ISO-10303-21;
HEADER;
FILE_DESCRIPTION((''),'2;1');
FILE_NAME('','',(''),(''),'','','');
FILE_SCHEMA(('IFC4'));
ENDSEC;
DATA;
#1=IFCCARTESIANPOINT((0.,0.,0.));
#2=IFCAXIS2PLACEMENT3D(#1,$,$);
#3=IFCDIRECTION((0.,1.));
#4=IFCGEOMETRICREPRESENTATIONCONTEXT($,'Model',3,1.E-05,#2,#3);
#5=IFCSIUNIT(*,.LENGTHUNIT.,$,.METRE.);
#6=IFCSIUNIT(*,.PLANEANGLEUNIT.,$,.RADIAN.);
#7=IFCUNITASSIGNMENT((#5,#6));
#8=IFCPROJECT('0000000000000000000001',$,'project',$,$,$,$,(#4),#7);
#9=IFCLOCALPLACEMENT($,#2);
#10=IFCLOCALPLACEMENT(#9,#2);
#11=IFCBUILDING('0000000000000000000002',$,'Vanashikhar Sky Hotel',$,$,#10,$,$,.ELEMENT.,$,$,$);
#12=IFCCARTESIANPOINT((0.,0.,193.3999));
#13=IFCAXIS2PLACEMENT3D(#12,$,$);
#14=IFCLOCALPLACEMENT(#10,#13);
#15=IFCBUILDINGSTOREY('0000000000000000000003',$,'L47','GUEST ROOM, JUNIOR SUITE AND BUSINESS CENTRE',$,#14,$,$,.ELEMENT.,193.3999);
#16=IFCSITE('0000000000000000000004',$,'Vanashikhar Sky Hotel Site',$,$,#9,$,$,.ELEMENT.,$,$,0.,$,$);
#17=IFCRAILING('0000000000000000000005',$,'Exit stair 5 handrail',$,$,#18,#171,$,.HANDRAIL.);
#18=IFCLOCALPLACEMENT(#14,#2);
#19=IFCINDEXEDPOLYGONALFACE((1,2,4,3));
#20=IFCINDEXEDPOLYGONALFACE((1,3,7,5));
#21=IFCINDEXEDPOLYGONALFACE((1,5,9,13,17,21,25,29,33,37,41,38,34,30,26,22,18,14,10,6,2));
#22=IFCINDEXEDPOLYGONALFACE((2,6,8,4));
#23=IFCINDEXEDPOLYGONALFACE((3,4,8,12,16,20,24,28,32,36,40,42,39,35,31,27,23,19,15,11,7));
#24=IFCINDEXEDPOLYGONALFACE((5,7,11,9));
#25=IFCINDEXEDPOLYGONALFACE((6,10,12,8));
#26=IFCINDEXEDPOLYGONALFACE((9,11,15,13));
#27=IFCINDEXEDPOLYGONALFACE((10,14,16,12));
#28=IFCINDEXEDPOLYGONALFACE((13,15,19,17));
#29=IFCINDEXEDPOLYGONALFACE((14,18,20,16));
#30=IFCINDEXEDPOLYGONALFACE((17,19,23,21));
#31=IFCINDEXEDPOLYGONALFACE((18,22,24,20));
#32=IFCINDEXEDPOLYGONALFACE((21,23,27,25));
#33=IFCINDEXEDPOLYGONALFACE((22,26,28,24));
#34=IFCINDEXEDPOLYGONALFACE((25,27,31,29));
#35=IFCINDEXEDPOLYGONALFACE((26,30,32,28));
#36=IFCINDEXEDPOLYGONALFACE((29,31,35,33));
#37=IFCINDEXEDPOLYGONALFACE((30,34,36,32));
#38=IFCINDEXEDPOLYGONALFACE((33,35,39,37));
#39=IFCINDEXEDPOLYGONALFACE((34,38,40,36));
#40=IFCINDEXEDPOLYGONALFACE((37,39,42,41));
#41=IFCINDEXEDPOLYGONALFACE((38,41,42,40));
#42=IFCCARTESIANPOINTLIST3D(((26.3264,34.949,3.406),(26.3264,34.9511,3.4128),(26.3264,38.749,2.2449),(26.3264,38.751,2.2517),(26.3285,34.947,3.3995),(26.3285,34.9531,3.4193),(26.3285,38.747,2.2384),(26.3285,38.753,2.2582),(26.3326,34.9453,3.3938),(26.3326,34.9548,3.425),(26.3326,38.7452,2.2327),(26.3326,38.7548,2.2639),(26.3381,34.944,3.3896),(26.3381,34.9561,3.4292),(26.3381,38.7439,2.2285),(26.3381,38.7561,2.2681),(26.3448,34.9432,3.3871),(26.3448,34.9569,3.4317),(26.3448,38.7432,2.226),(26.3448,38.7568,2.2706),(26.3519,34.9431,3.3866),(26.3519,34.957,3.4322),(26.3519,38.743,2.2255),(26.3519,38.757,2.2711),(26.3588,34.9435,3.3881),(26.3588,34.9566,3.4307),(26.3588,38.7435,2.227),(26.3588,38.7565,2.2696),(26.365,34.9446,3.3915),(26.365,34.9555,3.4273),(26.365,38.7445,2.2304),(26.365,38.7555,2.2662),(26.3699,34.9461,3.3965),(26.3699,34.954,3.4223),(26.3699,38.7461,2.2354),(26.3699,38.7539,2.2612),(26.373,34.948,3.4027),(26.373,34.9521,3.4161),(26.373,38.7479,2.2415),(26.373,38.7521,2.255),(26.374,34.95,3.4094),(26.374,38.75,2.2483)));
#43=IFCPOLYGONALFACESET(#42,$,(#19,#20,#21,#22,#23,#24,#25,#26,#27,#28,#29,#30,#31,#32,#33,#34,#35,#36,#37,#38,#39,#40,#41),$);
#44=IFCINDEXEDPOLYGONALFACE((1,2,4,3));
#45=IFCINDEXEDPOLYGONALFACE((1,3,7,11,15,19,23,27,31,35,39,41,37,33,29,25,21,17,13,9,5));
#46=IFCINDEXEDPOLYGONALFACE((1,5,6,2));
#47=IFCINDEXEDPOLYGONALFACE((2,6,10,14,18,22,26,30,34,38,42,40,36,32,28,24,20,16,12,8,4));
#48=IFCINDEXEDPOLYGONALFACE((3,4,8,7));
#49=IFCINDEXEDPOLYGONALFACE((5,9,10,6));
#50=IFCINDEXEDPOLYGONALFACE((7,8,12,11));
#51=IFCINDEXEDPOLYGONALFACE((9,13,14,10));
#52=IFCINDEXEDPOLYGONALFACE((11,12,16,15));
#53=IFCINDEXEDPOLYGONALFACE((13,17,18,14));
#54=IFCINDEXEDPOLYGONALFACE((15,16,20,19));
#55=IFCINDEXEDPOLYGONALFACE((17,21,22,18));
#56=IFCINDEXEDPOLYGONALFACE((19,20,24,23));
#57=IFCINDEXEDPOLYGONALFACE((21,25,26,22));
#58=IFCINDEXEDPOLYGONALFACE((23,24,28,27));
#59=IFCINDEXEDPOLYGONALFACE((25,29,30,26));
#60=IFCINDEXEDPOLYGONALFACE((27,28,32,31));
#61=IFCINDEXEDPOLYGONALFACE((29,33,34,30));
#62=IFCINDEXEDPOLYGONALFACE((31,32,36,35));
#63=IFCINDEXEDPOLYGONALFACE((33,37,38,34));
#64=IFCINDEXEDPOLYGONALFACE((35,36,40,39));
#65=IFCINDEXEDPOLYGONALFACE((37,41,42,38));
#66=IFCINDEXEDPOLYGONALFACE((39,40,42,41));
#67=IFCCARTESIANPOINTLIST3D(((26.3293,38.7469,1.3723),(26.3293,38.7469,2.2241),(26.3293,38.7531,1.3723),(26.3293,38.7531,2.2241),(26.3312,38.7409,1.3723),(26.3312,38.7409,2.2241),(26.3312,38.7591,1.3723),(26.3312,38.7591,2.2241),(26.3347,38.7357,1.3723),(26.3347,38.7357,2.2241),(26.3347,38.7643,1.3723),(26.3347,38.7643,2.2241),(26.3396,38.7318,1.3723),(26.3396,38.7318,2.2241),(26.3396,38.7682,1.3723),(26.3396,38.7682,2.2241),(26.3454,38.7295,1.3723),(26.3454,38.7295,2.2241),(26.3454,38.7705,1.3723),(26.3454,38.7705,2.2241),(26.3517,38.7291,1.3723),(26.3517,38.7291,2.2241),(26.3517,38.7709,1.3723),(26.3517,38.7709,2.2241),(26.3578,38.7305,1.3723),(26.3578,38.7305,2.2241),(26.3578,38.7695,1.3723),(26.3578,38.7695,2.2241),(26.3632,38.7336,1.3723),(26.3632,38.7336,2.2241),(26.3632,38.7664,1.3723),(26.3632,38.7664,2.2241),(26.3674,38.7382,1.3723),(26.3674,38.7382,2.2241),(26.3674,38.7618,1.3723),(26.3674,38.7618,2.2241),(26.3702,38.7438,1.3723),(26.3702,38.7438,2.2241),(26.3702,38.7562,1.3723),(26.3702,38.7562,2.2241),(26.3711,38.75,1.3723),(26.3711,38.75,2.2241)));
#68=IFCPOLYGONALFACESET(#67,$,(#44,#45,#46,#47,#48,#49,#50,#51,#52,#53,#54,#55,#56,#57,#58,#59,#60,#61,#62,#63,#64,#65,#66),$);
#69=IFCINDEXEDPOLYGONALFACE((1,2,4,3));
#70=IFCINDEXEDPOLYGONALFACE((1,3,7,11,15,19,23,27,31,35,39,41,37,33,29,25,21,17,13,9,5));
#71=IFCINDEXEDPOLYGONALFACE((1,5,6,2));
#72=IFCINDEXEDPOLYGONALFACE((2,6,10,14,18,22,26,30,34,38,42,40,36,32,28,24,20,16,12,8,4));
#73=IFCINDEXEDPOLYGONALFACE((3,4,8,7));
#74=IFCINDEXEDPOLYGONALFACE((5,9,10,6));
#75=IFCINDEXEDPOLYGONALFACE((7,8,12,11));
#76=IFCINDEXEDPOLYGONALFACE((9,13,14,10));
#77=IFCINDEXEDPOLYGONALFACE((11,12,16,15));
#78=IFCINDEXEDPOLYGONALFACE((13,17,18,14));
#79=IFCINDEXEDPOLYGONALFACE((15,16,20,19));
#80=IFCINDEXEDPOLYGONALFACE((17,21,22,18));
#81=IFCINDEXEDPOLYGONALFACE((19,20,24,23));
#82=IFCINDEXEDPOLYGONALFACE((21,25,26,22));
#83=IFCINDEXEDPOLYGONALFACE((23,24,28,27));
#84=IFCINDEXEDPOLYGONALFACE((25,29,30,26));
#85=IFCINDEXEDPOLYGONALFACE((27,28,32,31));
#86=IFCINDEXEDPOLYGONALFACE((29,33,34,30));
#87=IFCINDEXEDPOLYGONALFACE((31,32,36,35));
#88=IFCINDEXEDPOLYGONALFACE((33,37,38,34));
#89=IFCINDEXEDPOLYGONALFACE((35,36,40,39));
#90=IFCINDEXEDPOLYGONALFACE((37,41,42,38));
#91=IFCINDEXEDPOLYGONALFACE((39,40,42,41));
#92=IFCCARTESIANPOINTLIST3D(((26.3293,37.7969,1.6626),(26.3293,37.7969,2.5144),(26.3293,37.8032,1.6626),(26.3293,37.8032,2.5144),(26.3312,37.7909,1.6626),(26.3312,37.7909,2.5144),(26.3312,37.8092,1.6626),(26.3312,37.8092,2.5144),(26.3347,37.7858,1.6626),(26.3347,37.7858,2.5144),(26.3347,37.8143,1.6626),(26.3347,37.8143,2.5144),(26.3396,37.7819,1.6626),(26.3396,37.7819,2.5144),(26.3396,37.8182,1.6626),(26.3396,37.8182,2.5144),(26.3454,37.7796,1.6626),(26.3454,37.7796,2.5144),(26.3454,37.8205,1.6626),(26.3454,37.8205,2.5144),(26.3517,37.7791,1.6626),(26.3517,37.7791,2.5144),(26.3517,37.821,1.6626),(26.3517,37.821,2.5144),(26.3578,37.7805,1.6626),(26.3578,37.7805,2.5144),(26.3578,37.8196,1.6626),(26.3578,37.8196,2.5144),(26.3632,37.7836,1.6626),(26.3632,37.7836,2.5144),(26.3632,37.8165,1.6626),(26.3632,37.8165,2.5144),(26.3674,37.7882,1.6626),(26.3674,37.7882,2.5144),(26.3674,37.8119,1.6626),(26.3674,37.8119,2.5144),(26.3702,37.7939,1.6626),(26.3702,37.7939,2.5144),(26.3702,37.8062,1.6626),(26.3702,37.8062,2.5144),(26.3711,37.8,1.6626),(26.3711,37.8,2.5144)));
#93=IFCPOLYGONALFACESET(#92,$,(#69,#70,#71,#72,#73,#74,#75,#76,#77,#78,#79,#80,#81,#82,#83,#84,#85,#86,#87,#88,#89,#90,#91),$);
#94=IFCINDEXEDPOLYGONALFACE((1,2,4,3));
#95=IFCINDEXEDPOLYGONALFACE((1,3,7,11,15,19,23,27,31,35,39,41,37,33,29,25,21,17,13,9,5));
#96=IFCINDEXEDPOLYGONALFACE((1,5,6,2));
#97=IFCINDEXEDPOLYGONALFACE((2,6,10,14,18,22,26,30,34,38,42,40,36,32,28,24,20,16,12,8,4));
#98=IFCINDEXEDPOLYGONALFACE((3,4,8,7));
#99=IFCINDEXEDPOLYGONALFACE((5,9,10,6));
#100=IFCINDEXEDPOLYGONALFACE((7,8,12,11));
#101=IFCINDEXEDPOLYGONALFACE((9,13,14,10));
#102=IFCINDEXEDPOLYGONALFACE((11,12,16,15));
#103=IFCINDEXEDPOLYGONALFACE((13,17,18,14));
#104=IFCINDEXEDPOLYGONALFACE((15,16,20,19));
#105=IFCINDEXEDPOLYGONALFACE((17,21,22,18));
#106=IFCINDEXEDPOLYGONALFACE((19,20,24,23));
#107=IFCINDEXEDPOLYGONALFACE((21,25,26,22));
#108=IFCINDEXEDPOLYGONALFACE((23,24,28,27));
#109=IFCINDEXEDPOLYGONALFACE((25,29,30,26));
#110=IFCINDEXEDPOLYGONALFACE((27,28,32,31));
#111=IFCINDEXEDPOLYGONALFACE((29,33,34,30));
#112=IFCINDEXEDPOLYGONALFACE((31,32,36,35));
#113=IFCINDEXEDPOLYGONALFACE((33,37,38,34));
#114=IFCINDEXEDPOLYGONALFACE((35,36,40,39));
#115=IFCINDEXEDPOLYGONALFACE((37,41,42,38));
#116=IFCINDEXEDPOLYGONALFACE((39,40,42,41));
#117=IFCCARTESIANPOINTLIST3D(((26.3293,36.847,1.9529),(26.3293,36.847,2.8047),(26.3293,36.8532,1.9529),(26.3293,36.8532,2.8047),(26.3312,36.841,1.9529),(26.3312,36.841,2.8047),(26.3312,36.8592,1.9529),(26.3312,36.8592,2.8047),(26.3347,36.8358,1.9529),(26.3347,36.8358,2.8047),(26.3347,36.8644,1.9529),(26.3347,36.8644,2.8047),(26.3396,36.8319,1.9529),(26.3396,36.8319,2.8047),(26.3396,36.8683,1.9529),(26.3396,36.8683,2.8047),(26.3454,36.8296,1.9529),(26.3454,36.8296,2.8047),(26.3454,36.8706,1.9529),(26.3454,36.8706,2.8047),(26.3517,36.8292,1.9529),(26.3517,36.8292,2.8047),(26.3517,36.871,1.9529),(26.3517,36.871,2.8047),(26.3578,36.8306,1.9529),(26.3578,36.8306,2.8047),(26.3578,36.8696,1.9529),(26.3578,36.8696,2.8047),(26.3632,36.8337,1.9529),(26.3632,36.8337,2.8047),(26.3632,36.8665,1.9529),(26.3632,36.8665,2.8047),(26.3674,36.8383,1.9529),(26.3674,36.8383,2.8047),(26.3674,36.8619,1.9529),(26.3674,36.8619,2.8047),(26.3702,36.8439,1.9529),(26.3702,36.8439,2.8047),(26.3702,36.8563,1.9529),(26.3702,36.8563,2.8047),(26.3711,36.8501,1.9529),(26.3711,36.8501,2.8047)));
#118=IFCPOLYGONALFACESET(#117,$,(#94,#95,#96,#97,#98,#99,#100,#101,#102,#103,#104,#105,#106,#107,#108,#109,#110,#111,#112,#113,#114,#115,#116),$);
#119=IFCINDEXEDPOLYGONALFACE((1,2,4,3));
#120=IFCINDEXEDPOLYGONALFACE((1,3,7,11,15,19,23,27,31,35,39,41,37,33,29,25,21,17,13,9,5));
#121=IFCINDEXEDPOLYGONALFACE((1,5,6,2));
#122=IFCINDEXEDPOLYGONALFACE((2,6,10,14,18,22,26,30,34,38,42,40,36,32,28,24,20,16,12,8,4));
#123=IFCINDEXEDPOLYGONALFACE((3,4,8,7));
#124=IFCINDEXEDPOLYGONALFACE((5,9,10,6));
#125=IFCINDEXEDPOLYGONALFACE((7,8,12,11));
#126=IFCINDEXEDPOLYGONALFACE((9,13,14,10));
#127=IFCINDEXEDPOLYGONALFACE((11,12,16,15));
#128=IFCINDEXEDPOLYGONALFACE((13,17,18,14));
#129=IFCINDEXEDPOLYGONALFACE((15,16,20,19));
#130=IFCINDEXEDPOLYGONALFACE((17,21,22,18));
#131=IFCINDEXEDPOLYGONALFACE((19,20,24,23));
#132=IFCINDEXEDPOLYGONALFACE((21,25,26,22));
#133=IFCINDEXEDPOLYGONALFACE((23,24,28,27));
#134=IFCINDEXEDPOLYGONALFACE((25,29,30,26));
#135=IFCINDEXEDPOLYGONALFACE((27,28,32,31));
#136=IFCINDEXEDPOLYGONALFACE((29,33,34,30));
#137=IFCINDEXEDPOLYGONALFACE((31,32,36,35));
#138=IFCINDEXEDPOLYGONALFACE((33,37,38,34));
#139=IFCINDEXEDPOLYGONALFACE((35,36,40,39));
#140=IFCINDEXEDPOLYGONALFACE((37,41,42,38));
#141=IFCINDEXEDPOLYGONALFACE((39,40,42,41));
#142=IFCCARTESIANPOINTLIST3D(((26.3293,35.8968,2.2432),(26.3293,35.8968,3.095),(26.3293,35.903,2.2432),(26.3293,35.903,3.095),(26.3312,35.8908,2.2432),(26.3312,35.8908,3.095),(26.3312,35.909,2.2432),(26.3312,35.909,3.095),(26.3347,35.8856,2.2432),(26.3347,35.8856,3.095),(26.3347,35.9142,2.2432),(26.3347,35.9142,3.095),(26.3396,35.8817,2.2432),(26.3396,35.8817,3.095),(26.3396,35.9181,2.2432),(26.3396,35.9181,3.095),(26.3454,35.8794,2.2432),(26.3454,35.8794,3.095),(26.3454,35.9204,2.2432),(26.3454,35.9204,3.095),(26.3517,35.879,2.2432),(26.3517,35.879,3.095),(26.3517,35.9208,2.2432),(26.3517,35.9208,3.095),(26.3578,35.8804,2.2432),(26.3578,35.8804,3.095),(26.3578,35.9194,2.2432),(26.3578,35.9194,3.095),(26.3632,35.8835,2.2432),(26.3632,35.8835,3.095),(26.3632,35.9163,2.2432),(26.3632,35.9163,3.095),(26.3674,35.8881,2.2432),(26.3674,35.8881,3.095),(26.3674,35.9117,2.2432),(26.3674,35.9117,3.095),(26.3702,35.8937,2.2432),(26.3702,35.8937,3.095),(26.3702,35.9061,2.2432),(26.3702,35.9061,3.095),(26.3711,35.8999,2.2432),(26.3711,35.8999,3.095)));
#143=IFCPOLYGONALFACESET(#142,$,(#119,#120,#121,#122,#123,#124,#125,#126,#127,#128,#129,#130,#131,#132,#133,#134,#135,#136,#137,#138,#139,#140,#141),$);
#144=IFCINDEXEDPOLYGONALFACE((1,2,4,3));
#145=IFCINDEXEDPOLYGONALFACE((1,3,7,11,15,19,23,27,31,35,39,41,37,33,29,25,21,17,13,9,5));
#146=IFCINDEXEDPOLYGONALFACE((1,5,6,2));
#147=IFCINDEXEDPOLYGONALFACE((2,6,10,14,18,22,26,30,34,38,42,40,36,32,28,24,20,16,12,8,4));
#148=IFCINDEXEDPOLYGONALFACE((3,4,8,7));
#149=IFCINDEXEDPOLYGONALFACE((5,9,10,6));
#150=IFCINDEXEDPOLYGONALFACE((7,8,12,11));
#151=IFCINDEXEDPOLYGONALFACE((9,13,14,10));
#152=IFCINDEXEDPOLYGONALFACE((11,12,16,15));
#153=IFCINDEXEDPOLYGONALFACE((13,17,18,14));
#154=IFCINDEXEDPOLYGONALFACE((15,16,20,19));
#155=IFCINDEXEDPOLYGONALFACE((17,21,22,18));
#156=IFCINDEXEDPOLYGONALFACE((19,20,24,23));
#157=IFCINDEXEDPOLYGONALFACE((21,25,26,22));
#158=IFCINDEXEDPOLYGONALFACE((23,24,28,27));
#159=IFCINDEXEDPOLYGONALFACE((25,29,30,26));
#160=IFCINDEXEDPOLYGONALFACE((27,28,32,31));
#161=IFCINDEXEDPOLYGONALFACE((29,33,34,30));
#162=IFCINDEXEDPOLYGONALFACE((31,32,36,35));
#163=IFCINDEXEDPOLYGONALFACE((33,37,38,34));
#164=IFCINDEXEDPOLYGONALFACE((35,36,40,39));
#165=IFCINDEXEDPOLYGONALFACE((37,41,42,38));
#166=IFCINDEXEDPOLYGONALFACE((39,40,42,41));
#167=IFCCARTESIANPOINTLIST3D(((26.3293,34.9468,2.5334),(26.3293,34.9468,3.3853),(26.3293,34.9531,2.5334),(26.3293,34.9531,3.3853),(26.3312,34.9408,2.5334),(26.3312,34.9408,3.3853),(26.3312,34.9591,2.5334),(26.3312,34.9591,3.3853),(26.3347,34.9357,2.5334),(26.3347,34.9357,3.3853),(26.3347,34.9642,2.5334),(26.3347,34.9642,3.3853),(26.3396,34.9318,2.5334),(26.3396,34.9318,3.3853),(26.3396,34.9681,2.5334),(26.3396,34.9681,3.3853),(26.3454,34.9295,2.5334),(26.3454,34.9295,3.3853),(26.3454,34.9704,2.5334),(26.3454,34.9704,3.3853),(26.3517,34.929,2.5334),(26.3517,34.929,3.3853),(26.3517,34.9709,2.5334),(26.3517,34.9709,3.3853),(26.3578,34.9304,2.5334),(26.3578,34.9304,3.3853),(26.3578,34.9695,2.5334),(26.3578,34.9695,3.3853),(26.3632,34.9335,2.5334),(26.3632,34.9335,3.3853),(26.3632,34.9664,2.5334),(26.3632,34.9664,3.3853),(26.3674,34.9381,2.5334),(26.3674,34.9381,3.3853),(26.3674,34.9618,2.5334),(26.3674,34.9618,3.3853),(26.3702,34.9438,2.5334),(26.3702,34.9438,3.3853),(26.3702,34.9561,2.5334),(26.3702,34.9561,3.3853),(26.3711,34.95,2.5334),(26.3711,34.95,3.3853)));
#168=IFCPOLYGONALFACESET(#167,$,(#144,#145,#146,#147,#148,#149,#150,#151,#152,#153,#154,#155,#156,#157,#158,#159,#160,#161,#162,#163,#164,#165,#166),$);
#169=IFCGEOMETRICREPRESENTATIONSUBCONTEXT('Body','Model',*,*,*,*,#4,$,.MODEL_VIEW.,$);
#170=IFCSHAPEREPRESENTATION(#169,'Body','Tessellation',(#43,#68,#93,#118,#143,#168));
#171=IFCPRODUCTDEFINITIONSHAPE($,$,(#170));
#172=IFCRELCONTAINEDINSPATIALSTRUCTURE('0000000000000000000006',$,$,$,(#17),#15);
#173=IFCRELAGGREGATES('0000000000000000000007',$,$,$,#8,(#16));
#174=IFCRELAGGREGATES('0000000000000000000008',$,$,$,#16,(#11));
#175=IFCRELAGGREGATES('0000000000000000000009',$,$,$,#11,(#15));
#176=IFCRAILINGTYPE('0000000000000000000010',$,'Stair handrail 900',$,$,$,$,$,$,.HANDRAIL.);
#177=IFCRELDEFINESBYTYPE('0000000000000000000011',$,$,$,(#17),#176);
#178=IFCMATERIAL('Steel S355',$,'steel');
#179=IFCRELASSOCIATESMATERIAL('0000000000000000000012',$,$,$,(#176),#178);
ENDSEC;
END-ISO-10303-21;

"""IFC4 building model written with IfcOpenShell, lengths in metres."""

from ifc_helpers import new_model, si_unit, direction, frame, origin, origin_2d, place, context, subcontext, project, spatial, circle, extrude, source, transform, mapped, material, type_object, element, save


model = new_model("IFC4")

# Units and contexts
model_context = context("Model", 3, precision=1e-05, world=origin(), true_north=direction((0.0, 1.0)))
body_context = subcontext(model_context, "Body", "Model", "MODEL_VIEW")
ifc_project = project(units=[si_unit("LENGTHUNIT", "METRE"), si_unit("PLANEANGLEUNIT", "RADIAN")], contexts=[model_context])

# Site, building, storey
site_placement = place(None, origin())
site = spatial("IfcSite", under=ifc_project, at=site_placement, Name="Vanashikhar Sky Hotel Site", CompositionType="ELEMENT", RefElevation=0.0)
building_placement = place(site_placement, origin())
building = spatial("IfcBuilding", under=site, at=building_placement, Name="Vanashikhar Sky Hotel", CompositionType="ELEMENT")
storey_placement = place(building_placement, frame((0.0, 0.0, 193.3999)))
storey = spatial("IfcBuildingStorey", under=building, at=storey_placement, Name="L47", Description="GUEST ROOM, JUNIOR SUITE AND BUSINESS CENTRE", CompositionType="ELEMENT", Elevation=193.3999)

# Railing
ifc_material_1 = material(Name="Steel S355", Category="steel")
railing_type_1 = type_object("IfcRailingType", Name="Stair handrail 900", PredefinedType="HANDRAIL", material=ifc_material_1)
shared_shape_1 = source(origin(), body_context, "Body", "SweptSolid", [
    extrude(circle(Radius=0.0239, at=origin_2d()), frame((0.0, 0.0, 0.876), z_axis=(0.0, -0.956351, 0.29222), x_axis=(1.0, 0.0, 0.0)), (0.0, 0.0, 1.0), 3.9734),
    extrude(circle(Radius=0.021, at=origin_2d()), origin(), (0.0, 0.0, 1.0), 0.8518),
    extrude(circle(Radius=0.021, at=origin_2d()), frame((0.0, -0.95, 0.2903)), (0.0, 0.0, 1.0), 0.8518),
    extrude(circle(Radius=0.021, at=origin_2d()), frame((0.0, -1.8999, 0.5806)), (0.0, 0.0, 1.0), 0.8518),
    extrude(circle(Radius=0.021, at=origin_2d()), frame((0.0, -2.8501, 0.8708)), (0.0, 0.0, 1.0), 0.8518),
    extrude(circle(Radius=0.021, at=origin_2d()), frame((0.0, -3.8, 1.1611)), (0.0, 0.0, 1.0), 0.8518),
])
for number, where, name in (
    (1, (26.3501, 38.75, 1.3723), "Exit stair 5 handrail"),
):
    element("IfcRailing", number, at=place(storey_placement, frame(where)), inside=storey, type_object=railing_type_1, Name=name, PredefinedType="HANDRAIL", context=body_context, shape_type="MappedRepresentation", body=[
        mapped(shared_shape_1, transform((0.0, 0.0, 0.0), scale=1.0)),
    ])

save(model, "model.ifc")
